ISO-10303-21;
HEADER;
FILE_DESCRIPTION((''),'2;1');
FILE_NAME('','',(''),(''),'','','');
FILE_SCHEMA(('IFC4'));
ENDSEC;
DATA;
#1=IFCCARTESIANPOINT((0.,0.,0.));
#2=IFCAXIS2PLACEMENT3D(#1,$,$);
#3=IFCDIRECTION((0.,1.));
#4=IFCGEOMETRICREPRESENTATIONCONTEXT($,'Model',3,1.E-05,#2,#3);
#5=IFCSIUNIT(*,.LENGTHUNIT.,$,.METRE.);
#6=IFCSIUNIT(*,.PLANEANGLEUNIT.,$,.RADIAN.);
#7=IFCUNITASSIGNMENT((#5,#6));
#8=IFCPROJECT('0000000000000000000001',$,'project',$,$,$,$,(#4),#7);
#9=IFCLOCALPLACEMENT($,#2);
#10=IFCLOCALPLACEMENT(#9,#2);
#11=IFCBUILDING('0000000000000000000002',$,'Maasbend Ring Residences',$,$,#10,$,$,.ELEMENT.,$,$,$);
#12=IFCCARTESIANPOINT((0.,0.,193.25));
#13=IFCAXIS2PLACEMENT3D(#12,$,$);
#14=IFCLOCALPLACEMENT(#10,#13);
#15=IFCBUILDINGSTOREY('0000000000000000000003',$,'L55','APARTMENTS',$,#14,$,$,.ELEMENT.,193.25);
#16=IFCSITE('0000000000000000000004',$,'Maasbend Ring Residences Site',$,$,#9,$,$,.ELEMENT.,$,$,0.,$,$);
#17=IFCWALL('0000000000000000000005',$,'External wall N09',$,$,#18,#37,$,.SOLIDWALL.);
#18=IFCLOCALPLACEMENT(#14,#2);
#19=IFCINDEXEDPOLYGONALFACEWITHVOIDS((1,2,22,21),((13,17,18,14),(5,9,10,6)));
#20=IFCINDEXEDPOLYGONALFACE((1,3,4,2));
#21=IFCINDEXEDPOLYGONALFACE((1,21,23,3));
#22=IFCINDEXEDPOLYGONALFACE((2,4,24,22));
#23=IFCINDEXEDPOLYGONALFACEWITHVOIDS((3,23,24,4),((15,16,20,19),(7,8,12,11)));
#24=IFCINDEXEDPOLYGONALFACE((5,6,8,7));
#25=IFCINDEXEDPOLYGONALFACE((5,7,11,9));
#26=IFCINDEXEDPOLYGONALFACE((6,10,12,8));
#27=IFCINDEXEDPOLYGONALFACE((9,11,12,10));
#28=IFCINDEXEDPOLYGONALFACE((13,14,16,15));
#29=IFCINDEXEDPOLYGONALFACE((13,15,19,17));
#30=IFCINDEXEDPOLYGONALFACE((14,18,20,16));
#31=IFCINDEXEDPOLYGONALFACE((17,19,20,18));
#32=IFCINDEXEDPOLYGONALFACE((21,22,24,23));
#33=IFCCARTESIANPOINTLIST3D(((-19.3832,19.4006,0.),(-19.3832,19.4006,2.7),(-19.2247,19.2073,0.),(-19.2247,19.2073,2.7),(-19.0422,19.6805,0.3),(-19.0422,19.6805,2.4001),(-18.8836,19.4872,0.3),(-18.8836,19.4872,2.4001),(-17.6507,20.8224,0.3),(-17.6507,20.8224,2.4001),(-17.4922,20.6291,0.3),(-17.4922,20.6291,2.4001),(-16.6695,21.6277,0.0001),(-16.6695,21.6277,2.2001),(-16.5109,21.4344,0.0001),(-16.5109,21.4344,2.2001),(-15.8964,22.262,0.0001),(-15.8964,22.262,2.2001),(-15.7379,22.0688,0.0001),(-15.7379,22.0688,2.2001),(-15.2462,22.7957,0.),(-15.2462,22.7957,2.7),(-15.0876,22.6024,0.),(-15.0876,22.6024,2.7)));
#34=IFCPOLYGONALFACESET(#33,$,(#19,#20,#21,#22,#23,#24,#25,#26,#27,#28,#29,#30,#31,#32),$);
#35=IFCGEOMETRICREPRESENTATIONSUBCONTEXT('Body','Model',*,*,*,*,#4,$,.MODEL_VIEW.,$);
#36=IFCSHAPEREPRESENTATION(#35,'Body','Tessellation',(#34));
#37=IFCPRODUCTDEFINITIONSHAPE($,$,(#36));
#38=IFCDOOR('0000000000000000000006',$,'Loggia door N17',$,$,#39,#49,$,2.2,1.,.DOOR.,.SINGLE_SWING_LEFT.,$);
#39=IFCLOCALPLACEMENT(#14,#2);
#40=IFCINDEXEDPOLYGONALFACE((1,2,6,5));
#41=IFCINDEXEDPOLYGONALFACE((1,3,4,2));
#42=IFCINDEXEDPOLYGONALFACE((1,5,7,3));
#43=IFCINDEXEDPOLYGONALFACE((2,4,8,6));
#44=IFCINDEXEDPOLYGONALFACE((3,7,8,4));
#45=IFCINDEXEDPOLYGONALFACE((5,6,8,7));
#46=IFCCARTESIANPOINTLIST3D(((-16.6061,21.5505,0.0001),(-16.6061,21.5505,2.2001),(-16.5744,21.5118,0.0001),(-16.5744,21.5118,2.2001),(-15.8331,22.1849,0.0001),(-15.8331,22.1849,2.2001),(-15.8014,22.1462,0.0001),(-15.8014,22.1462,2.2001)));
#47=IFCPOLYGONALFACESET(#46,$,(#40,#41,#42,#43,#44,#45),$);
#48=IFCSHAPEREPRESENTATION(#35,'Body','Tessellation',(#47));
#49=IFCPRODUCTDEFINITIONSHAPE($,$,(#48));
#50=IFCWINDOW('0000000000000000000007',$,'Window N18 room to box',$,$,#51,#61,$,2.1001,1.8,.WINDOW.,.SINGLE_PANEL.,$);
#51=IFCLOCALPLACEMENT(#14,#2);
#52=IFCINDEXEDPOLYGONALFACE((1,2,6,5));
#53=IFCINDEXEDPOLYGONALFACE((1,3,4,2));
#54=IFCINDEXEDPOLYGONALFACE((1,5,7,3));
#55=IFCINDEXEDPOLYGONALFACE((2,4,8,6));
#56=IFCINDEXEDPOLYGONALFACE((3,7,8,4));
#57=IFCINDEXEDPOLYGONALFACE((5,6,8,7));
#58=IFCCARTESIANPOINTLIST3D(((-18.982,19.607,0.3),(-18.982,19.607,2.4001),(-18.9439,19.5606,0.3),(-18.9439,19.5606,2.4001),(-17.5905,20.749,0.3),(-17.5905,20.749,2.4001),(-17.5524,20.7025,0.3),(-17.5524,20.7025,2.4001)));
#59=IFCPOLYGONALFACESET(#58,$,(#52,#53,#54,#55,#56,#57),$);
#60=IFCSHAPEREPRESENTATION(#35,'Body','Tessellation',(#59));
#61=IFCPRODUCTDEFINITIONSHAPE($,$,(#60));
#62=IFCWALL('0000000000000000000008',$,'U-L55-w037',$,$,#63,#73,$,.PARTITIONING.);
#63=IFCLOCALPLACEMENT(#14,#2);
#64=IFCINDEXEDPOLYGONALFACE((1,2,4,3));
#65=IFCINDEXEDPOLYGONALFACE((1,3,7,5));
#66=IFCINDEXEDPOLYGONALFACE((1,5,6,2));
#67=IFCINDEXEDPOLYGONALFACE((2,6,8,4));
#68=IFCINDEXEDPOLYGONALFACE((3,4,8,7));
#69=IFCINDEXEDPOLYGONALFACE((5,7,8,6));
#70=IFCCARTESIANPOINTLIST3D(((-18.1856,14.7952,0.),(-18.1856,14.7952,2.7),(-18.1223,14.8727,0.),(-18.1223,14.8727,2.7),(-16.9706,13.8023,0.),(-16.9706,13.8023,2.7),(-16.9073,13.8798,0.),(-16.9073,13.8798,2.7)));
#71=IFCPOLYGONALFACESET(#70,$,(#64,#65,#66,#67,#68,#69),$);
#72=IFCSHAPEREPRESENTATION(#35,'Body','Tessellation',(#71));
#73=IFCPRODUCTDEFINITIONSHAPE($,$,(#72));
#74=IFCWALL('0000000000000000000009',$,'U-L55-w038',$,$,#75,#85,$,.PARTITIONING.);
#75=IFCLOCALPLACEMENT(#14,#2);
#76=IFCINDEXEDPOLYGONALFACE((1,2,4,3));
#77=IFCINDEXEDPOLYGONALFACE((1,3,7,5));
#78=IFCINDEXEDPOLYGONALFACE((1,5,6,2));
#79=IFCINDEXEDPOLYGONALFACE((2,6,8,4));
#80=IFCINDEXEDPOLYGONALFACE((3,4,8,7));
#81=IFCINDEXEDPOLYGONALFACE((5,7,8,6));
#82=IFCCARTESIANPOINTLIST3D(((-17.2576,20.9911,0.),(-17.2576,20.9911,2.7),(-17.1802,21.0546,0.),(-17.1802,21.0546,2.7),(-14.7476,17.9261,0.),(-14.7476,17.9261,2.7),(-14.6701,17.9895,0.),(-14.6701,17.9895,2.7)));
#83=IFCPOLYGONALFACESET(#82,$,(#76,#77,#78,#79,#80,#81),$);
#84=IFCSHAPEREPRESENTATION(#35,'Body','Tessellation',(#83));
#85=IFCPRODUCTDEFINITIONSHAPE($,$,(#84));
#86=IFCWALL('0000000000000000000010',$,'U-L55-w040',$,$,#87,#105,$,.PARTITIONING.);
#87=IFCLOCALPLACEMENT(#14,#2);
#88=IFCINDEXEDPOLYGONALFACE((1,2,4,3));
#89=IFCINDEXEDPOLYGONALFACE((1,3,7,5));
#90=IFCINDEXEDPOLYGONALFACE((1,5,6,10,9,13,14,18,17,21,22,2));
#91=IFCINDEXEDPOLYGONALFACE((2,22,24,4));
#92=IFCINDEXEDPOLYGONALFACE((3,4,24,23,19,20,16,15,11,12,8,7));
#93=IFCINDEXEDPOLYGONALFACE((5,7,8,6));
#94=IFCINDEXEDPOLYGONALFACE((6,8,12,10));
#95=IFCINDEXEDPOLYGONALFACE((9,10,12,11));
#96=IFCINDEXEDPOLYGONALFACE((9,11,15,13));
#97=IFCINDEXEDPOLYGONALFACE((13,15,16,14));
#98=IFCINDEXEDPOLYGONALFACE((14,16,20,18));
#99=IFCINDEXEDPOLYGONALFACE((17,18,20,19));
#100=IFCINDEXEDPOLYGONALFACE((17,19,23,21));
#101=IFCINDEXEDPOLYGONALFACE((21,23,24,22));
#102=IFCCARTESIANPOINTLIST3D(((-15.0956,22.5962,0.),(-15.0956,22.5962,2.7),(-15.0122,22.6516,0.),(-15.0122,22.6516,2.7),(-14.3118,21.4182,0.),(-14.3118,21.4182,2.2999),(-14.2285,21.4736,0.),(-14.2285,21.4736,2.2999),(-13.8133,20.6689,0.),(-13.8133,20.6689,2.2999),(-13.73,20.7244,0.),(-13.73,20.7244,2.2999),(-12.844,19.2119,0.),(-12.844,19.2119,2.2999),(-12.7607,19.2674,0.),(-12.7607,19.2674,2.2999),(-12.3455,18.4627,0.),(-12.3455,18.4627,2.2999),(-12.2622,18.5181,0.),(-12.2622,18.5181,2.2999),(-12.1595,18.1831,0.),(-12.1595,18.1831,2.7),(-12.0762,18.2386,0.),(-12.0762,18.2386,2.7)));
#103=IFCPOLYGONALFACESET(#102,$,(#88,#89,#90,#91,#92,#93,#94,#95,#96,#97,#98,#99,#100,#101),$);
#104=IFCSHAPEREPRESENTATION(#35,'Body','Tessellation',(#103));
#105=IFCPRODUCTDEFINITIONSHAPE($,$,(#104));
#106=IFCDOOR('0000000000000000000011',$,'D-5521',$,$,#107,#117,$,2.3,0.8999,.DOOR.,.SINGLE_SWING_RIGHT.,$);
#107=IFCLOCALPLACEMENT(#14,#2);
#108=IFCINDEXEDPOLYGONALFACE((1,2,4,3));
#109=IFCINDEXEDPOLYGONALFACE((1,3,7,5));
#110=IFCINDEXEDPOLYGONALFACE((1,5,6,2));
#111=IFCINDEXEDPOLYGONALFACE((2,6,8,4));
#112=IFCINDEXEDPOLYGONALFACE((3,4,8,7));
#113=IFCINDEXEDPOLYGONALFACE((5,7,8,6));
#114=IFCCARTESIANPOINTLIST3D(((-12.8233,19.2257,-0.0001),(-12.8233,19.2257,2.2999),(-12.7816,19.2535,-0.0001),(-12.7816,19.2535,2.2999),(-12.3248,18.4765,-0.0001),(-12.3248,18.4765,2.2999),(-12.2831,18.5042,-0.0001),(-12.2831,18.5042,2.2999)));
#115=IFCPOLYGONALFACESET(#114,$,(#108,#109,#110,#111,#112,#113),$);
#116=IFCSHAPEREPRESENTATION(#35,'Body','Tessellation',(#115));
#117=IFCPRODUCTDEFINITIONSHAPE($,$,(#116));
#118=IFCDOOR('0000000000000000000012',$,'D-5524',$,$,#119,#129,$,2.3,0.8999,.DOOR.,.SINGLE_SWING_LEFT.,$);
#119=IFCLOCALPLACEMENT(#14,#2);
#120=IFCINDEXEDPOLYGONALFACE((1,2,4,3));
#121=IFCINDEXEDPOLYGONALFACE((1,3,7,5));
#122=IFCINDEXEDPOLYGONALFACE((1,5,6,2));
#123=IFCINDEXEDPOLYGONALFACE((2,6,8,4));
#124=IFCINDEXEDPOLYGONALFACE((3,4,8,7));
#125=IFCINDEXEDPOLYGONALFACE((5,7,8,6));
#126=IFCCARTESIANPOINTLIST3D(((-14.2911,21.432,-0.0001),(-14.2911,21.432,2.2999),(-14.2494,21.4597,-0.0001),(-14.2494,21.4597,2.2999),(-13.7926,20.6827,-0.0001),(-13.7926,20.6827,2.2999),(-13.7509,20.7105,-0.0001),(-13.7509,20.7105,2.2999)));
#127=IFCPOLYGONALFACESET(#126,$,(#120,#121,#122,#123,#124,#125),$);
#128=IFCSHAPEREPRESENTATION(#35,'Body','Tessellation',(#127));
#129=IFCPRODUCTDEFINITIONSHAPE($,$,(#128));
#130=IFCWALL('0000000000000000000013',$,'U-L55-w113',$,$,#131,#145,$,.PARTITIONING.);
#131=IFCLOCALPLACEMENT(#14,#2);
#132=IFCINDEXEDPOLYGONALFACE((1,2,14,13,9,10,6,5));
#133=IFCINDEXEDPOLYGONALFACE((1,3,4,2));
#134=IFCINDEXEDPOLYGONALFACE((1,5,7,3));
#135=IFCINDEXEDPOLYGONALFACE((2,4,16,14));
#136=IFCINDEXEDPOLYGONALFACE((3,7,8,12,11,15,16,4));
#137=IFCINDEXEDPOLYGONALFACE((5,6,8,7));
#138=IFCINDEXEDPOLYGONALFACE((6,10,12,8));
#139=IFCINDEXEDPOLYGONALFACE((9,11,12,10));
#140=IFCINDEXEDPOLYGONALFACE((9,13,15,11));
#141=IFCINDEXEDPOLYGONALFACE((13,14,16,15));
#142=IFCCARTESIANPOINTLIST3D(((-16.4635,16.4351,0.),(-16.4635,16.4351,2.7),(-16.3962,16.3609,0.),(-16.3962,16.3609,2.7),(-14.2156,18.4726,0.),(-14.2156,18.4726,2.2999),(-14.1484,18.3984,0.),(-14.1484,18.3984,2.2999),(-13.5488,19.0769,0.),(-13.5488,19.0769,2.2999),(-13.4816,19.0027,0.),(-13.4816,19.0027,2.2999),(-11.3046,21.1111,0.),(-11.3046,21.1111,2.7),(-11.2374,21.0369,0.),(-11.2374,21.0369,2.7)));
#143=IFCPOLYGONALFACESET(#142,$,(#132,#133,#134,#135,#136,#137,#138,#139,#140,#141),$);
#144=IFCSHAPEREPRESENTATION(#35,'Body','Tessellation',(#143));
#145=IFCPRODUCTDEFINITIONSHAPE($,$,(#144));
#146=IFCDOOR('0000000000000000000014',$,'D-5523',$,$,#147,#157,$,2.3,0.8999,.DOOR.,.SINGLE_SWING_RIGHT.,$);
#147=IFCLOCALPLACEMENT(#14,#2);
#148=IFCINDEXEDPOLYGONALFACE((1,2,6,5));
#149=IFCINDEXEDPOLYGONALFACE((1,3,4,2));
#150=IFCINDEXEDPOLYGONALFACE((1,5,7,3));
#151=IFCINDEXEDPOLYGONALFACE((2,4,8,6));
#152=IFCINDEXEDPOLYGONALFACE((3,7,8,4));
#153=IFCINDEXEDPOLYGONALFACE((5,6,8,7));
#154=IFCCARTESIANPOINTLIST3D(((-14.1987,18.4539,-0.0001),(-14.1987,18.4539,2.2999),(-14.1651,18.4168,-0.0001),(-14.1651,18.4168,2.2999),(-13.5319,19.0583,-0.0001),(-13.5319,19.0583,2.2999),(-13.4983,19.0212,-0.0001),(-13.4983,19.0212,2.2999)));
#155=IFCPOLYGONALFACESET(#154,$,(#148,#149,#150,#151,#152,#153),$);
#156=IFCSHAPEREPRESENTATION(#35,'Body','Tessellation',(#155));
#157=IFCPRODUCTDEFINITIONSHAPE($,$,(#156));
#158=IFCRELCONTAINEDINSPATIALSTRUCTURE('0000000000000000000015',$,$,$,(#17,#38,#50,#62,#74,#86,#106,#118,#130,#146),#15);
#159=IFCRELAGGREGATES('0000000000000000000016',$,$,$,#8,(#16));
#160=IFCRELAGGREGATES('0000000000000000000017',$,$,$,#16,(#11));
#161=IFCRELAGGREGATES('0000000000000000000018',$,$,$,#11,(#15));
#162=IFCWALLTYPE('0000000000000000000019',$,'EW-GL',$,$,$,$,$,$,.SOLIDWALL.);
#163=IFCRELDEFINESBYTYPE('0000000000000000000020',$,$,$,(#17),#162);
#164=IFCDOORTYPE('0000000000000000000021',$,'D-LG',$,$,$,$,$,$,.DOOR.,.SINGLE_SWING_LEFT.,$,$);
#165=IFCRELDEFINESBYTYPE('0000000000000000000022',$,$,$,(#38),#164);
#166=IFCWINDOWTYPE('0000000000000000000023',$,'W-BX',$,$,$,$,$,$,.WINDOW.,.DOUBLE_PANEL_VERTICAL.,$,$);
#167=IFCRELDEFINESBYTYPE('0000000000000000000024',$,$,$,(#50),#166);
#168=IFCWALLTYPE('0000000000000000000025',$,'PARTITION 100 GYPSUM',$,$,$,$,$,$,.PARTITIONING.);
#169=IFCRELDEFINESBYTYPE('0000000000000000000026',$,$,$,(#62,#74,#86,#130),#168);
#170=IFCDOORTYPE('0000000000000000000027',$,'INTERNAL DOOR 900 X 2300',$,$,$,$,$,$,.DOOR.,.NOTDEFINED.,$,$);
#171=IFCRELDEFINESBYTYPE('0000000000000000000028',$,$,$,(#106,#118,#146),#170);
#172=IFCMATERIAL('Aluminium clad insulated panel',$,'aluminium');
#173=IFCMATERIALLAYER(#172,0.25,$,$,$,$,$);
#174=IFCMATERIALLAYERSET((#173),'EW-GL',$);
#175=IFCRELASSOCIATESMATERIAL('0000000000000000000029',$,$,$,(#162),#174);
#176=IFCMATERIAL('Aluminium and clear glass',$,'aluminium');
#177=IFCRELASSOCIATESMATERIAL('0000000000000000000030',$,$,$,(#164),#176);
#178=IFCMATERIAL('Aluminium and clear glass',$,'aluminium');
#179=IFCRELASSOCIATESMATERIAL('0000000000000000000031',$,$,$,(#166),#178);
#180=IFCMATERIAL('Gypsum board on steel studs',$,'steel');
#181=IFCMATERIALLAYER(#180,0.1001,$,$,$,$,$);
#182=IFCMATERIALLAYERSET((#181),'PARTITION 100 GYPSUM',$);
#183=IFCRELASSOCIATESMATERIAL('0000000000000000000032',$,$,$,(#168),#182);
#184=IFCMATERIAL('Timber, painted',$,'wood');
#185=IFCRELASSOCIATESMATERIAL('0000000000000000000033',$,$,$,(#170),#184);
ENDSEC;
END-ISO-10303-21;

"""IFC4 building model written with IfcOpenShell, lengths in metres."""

from ifc_helpers import new_model, si_unit, direction, frame, frame_2d, origin, place, context, subcontext, project, spatial, rectangle, extrude, material, layer, layer_set, type_object, element, fill, save


model = new_model("IFC4")

# Units and contexts
model_context = context("Model", 3, precision=1e-05, world=origin(), true_north=direction((0.0, 1.0)))
body_context = subcontext(model_context, "Body", "Model", "MODEL_VIEW")
ifc_project = project(units=[si_unit("LENGTHUNIT", "METRE"), si_unit("PLANEANGLEUNIT", "RADIAN")], contexts=[model_context])

# Site, building, storey
site_placement = place(None, origin())
site = spatial("IfcSite", under=ifc_project, at=site_placement, Name="Maasbend Ring Residences Site", CompositionType="ELEMENT", RefElevation=0.0)
building_placement = place(site_placement, origin())
building = spatial("IfcBuilding", under=site, at=building_placement, Name="Maasbend Ring Residences", CompositionType="ELEMENT")
storey_placement = place(building_placement, frame((0.0, 0.0, 193.25)))
storey = spatial("IfcBuildingStorey", under=building, at=storey_placement, Name="L55", Description="APARTMENTS", CompositionType="ELEMENT", Elevation=193.25)

# Wall, openings, door, window
ifc_material_1 = material(Name="Aluminium clad insulated panel", Category="aluminium")
ifc_layer_1 = layer(ifc_material_1, 0.25)
ifc_layer_set_1 = layer_set([ifc_layer_1], Name="EW-GL")
wall_type_1 = type_object("IfcWallType", Name="EW-GL", PredefinedType="SOLIDWALL", material=ifc_layer_set_1)
wall_1_placement = place(storey_placement, frame((-15.167, 22.699, 0.0), z_axis=(0.0, 0.0, 1.0), x_axis=(-0.773019, -0.634382, 0.0)))
wall_1 = element("IfcWall", 1, at=wall_1_placement, inside=storey, type_object=wall_type_1, Name="External wall N09", PredefinedType="SOLIDWALL", context=body_context, shape_type="SweptSolid", body=[
    extrude(rectangle(XDim=5.3518, YDim=0.25, at=frame_2d((2.6758, 0.0))), origin(), (0.0, 0.0, 1.0), 2.7),
])
opening_1_placement = place(wall_1_placement, frame((0.8411, 0.0, 0.0)))
opening_1 = element("IfcOpeningElement", 2, at=opening_1_placement, cuts=wall_1, PredefinedType="OPENING", context=body_context, shape_type="SweptSolid", body=[
    extrude(rectangle(XDim=1.0, YDim=2.2, at=frame_2d((0.5, 1.1001))), frame((0.0, 0.135, 0.0), z_axis=(0.0, -1.0, 0.0), x_axis=(1.0, 0.0, 0.0)), (0.0, 0.0, 1.0), 0.27),
])
opening_2_placement = place(wall_1_placement, frame((3.1106, 0.0, 0.3)))
opening_2 = element("IfcOpeningElement", 3, at=opening_2_placement, cuts=wall_1, PredefinedType="OPENING", context=body_context, shape_type="SweptSolid", body=[
    extrude(rectangle(XDim=1.8, YDim=2.1001, at=frame_2d((0.8999, 1.05))), frame((0.0, 0.135, 0.0), z_axis=(0.0, -1.0, 0.0), x_axis=(1.0, 0.0, 0.0)), (0.0, 0.0, 1.0), 0.27),
])
ifc_material_2 = material(Name="Aluminium and clear glass", Category="aluminium")
door_type_1 = type_object("IfcDoorType", Name="D-LG", OperationType="SINGLE_SWING_LEFT", PredefinedType="DOOR", material=ifc_material_2)
door_1_placement = place(opening_1_placement, origin())
door_1 = element("IfcDoor", 4, at=door_1_placement, inside=storey, type_object=door_type_1, Name="Loggia door N17", OperationType="SINGLE_SWING_LEFT", OverallHeight=2.2, OverallWidth=1.0, PredefinedType="DOOR", context=body_context, shape_type="SweptSolid", body=[
    extrude(rectangle(XDim=1.0, YDim=2.2, at=frame_2d((0.5, 1.1001))), frame((0.0, 0.0249, 0.0), z_axis=(0.0, -1.0, 0.0), x_axis=(1.0, 0.0, 0.0)), (0.0, 0.0, 1.0), 0.05),
])
fill(opening_1, door_1)
ifc_material_3 = material(Name="Aluminium and clear glass", Category="aluminium")
window_type_1 = type_object("IfcWindowType", Name="W-BX", PartitioningType="DOUBLE_PANEL_VERTICAL", PredefinedType="WINDOW", material=ifc_material_3)
window_1_placement = place(opening_2_placement, origin())
window_1 = element("IfcWindow", 5, at=window_1_placement, inside=storey, type_object=window_type_1, Name="Window N18 room to box", OverallHeight=2.1001, OverallWidth=1.8, PartitioningType="SINGLE_PANEL", PredefinedType="WINDOW", context=body_context, shape_type="SweptSolid", body=[
    extrude(rectangle(XDim=1.8, YDim=2.1001, at=frame_2d((0.8999, 1.05))), frame((0.0, 0.03, 0.0), z_axis=(0.0, -1.0, 0.0), x_axis=(1.0, 0.0, 0.0)), (0.0, 0.0, 1.0), 0.0601),
])
fill(opening_2, window_1)

# Walls
ifc_material_4 = material(Name="Gypsum board on steel studs", Category="steel")
ifc_layer_2 = layer(ifc_material_4, 0.1001)
ifc_layer_set_2 = layer_set([ifc_layer_2], Name="PARTITION 100 GYPSUM")
wall_type_2 = type_object("IfcWallType", Name="PARTITION 100 GYPSUM", PredefinedType="PARTITIONING", material=ifc_layer_set_2)
wall_2_placement = place(storey_placement, frame((-18.1541, 14.834, 0.0), z_axis=(0.0, 0.0, 1.0), x_axis=(0.774345, -0.632763, 0.0)))
element("IfcWall", 6, at=wall_2_placement, inside=storey, type_object=wall_type_2, Name="U-L55-w037", PredefinedType="PARTITIONING", context=body_context, shape_type="SweptSolid", body=[
    extrude(rectangle(XDim=1.5691, YDim=0.1001, at=frame_2d((0.7847, 0.0))), origin(), (0.0, 0.0, 1.0), 2.7),
])
wall_3_placement = place(storey_placement, frame((-17.219, 21.0229, 0.0), z_axis=(0.0, 0.0, 1.0), x_axis=(0.63359, -0.773669, 0.0)))
element("IfcWall", 7, at=wall_3_placement, inside=storey, type_object=wall_type_2, Name="U-L55-w038", PredefinedType="PARTITIONING", context=body_context, shape_type="SweptSolid", body=[
    extrude(rectangle(XDim=3.9617, YDim=0.1001, at=frame_2d((1.981, 0.0))), origin(), (0.0, 0.0, 1.0), 2.7),
])

# Wall, openings, doors
wall_4_placement = place(storey_placement, frame((-15.054, 22.624, 0.0), z_axis=(0.0, 0.0, 1.0), x_axis=(0.553913, -0.832574, 0.0)))
wall_4 = element("IfcWall", 8, at=wall_4_placement, inside=storey, type_object=wall_type_2, Name="U-L55-w040", PredefinedType="PARTITIONING", context=body_context, shape_type="SweptSolid", body=[
    extrude(rectangle(XDim=5.3005, YDim=0.1001, at=frame_2d((2.6504, 0.0))), origin(), (0.0, 0.0, 1.0), 2.7),
])
opening_3_placement = place(wall_4_placement, frame((4.0649, 0.0, 0.0)))
opening_3 = element("IfcOpeningElement", 9, at=opening_3_placement, cuts=wall_4, PredefinedType="OPENING", context=body_context, shape_type="SweptSolid", body=[
    extrude(rectangle(XDim=0.8999, YDim=2.3, at=frame_2d((0.45, 1.1499))), frame((0.0, 0.0601, 0.0), z_axis=(0.0, -1.0, 0.0), x_axis=(1.0, 0.0, 0.0)), (0.0, 0.0, 1.0), 0.1201),
])
opening_4_placement = place(wall_4_placement, frame((1.415, 0.0, 0.0)))
opening_4 = element("IfcOpeningElement", 10, at=opening_4_placement, cuts=wall_4, PredefinedType="OPENING", context=body_context, shape_type="SweptSolid", body=[
    extrude(rectangle(XDim=0.8999, YDim=2.3, at=frame_2d((0.45, 1.1499))), frame((0.0, 0.0601, 0.0), z_axis=(0.0, -1.0, 0.0), x_axis=(1.0, 0.0, 0.0)), (0.0, 0.0, 1.0), 0.1201),
])
ifc_material_5 = material(Name="Timber, painted", Category="wood")
door_type_2 = type_object("IfcDoorType", Name="INTERNAL DOOR 900 X 2300", OperationType="NOTDEFINED", PredefinedType="DOOR", material=ifc_material_5)
door_2_placement = place(opening_3_placement, origin())
door_2 = element("IfcDoor", 11, at=door_2_placement, inside=storey, type_object=door_type_2, Name="D-5521", OperationType="SINGLE_SWING_RIGHT", OverallHeight=2.3, OverallWidth=0.8999, PredefinedType="DOOR", context=body_context, shape_type="SweptSolid", body=[
    extrude(rectangle(XDim=0.8999, YDim=2.3, at=frame_2d((0.45, 1.1499))), frame((0.0, 0.0249, 0.0), z_axis=(0.0, -1.0, 0.0), x_axis=(1.0, 0.0, 0.0)), (0.0, 0.0, 1.0), 0.05),
])
fill(opening_3, door_2)
door_3_placement = place(opening_4_placement, origin())
door_3 = element("IfcDoor", 12, at=door_3_placement, inside=storey, type_object=door_type_2, Name="D-5524", OperationType="SINGLE_SWING_LEFT", OverallHeight=2.3, OverallWidth=0.8999, PredefinedType="DOOR", context=body_context, shape_type="SweptSolid", body=[
    extrude(rectangle(XDim=0.8999, YDim=2.3, at=frame_2d((0.45, 1.1499))), frame((0.0, 0.0249, 0.0), z_axis=(0.0, -1.0, 0.0), x_axis=(1.0, 0.0, 0.0)), (0.0, 0.0, 1.0), 0.05),
])
fill(opening_4, door_3)

# Wall, opening, door
wall_5_placement = place(storey_placement, frame((-16.4299, 16.3979, 0.0), z_axis=(0.0, 0.0, 1.0), x_axis=(0.740934, 0.671578, 0.0)))
wall_5 = element("IfcWall", 13, at=wall_5_placement, inside=storey, type_object=wall_type_2, Name="U-L55-w113", PredefinedType="PARTITIONING", context=body_context, shape_type="SweptSolid", body=[
    extrude(rectangle(XDim=6.9626, YDim=0.1001, at=frame_2d((3.4814, 0.0))), origin(), (0.0, 0.0, 1.0), 2.7),
])
opening_5_placement = place(wall_5_placement, frame((3.0339, 0.0, 0.0)))
opening_5 = element("IfcOpeningElement", 14, at=opening_5_placement, cuts=wall_5, PredefinedType="OPENING", context=body_context, shape_type="SweptSolid", body=[
    extrude(rectangle(XDim=0.8999, YDim=2.3, at=frame_2d((0.45, 1.1499))), frame((0.0, 0.0601, 0.0), z_axis=(0.0, -1.0, 0.0), x_axis=(1.0, 0.0, 0.0)), (0.0, 0.0, 1.0), 0.1201),
])
door_4_placement = place(opening_5_placement, origin())
door_4 = element("IfcDoor", 15, at=door_4_placement, inside=storey, type_object=door_type_2, Name="D-5523", OperationType="SINGLE_SWING_RIGHT", OverallHeight=2.3, OverallWidth=0.8999, PredefinedType="DOOR", context=body_context, shape_type="SweptSolid", body=[
    extrude(rectangle(XDim=0.8999, YDim=2.3, at=frame_2d((0.45, 1.1499))), frame((0.0, 0.0249, 0.0), z_axis=(0.0, -1.0, 0.0), x_axis=(1.0, 0.0, 0.0)), (0.0, 0.0, 1.0), 0.05),
])
fill(opening_5, door_4)

save(model, "model.ifc")
